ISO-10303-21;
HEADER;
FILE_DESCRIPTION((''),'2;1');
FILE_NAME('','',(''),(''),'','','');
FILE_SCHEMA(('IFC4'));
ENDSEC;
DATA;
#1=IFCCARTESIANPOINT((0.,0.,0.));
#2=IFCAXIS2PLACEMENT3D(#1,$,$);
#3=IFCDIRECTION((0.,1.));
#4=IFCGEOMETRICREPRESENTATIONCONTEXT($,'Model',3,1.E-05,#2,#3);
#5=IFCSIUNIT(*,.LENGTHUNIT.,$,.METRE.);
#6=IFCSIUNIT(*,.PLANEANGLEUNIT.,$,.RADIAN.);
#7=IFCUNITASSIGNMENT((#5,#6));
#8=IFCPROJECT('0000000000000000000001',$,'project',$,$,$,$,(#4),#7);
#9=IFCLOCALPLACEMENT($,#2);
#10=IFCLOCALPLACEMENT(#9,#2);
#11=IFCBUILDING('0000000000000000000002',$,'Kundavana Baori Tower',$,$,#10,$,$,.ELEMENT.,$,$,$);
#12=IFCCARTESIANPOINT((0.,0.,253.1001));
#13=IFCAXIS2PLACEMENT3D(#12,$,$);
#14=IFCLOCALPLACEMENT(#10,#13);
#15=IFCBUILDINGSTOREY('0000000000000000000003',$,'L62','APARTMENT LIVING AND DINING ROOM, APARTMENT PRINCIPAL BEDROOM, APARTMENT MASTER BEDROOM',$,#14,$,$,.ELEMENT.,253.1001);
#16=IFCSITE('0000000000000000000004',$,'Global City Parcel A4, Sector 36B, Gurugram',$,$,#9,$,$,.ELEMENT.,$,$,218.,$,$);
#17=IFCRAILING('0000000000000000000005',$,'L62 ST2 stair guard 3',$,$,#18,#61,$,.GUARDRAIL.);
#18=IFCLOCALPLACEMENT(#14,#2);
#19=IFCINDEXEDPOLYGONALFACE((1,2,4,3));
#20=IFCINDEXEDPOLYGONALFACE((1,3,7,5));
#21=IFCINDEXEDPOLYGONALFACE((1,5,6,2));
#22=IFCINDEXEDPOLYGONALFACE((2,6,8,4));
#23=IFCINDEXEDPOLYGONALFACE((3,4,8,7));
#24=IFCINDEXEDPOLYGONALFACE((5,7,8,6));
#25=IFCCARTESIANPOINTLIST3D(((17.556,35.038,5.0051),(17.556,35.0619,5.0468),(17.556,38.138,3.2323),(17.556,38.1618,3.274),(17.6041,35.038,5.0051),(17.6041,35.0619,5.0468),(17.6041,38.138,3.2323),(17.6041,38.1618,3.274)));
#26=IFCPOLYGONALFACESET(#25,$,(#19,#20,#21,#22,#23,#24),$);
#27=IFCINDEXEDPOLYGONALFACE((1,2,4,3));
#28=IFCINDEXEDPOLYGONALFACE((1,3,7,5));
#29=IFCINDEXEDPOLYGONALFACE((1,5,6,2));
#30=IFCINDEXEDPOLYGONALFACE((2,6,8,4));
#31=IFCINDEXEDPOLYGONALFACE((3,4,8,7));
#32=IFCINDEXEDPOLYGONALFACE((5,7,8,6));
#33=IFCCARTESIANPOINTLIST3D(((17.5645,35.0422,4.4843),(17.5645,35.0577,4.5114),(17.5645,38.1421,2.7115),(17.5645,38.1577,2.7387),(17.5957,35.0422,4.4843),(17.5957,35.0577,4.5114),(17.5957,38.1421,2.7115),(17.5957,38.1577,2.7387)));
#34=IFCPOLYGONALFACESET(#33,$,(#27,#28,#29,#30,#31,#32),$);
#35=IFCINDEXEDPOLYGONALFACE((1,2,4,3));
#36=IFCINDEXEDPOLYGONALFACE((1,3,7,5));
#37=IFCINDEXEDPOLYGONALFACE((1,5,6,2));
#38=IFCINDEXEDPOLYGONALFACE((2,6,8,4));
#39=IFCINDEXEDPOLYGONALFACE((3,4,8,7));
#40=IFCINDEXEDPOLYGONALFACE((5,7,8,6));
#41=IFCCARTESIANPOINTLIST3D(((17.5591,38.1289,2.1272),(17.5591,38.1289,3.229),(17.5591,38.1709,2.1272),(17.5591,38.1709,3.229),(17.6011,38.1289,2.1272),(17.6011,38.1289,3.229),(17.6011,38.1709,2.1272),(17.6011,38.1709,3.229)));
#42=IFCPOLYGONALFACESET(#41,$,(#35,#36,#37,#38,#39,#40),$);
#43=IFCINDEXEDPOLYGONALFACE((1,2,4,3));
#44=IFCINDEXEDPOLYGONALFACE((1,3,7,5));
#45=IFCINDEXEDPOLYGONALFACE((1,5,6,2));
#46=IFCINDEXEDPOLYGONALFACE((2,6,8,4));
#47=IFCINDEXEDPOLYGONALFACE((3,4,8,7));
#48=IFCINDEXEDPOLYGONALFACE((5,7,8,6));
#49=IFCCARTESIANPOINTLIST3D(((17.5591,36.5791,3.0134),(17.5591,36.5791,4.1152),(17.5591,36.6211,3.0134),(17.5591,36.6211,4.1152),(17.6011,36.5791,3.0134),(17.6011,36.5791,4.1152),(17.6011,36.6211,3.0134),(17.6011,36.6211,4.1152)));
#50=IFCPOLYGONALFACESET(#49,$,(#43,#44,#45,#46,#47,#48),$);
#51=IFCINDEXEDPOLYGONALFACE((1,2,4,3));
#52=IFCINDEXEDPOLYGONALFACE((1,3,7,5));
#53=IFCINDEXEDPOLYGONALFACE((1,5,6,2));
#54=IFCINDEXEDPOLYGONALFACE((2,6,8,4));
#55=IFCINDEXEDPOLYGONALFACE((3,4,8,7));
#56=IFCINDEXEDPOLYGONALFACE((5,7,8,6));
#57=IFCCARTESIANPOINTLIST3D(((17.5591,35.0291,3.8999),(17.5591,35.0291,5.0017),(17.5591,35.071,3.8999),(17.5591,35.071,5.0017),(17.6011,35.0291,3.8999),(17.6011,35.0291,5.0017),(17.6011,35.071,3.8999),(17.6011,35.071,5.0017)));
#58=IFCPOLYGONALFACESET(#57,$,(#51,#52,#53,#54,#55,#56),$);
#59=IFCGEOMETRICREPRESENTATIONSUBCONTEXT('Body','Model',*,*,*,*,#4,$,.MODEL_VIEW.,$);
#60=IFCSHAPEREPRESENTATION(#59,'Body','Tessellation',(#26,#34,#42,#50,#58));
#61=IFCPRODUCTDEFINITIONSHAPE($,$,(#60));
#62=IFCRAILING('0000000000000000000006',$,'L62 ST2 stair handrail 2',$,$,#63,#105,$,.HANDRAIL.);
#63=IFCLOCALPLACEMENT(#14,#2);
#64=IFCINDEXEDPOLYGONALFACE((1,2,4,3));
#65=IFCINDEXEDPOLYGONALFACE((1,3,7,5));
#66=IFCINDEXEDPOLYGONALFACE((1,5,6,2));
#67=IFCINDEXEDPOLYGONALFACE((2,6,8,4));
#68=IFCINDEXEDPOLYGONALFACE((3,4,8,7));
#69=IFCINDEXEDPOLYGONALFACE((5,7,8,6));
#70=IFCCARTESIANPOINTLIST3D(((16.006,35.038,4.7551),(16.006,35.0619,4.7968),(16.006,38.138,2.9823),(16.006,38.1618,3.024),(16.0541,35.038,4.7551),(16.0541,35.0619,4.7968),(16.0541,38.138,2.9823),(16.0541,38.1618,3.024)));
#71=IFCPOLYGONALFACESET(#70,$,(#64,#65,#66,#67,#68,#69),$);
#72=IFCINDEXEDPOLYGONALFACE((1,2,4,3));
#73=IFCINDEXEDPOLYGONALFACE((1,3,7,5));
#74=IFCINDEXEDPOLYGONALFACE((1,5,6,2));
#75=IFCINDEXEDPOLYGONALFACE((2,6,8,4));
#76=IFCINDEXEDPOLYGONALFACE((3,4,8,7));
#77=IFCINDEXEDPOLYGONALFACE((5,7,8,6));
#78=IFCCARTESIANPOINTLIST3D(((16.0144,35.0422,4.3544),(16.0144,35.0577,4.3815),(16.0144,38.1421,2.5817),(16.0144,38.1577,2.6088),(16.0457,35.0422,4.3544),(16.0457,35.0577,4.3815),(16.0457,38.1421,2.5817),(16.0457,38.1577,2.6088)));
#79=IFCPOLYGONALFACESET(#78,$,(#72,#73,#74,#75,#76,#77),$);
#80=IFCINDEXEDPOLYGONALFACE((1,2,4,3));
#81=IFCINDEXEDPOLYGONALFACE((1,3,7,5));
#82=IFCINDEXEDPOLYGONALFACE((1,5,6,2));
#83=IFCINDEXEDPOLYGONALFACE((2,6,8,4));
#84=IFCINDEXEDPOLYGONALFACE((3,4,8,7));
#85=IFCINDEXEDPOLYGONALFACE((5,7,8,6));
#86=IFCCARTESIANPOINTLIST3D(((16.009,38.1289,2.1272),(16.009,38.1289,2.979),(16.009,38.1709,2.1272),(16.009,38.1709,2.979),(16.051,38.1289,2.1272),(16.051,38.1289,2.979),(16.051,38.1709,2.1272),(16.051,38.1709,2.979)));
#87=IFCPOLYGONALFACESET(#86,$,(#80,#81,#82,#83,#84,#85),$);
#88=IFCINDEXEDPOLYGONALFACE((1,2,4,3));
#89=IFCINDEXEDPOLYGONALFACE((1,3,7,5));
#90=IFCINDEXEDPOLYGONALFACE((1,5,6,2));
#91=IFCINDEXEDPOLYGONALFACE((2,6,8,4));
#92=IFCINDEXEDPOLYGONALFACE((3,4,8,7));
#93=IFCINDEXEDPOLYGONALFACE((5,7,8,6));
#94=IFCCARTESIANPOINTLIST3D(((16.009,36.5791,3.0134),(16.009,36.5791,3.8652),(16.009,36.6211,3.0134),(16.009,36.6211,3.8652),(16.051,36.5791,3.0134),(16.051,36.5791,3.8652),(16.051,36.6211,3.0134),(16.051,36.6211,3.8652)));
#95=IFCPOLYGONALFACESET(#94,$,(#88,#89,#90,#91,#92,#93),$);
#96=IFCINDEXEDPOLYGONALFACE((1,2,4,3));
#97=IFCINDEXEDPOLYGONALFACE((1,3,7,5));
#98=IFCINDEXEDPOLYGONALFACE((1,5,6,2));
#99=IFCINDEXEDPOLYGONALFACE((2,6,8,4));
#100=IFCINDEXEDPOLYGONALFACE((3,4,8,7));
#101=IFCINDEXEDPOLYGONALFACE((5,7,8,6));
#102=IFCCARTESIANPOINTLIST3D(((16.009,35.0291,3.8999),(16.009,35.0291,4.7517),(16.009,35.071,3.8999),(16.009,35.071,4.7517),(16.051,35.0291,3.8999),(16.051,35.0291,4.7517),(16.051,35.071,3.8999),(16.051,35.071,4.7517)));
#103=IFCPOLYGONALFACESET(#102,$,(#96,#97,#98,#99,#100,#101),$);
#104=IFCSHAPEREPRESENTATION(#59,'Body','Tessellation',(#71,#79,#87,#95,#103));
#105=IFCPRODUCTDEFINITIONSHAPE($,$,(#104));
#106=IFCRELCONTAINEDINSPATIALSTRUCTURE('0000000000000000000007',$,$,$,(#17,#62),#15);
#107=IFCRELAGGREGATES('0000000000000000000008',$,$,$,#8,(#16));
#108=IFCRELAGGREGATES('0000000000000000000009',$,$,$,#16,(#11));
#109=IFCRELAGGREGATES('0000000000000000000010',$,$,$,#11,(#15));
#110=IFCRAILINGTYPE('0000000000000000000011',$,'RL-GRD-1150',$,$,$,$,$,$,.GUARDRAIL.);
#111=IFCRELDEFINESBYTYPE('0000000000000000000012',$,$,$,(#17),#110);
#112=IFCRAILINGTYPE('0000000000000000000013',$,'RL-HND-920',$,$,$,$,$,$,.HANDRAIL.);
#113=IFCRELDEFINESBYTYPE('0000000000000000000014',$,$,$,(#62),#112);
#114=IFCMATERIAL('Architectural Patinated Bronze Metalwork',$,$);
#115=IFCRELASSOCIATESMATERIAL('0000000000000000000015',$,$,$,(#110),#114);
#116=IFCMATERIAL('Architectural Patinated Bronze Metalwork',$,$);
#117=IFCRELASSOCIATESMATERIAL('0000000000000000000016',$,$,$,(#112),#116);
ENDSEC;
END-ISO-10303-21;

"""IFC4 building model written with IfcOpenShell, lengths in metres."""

from ifc_helpers import new_model, si_unit, direction, frame, origin, origin_2d, place, context, subcontext, project, spatial, rectangle, extrude, material, type_object, element, save


model = new_model("IFC4")

# Units and contexts
model_context = context("Model", 3, precision=1e-05, world=origin(), true_north=direction((0.0, 1.0)))
body_context = subcontext(model_context, "Body", "Model", "MODEL_VIEW")
ifc_project = project(units=[si_unit("LENGTHUNIT", "METRE"), si_unit("PLANEANGLEUNIT", "RADIAN")], contexts=[model_context])

# Site, building, storey
site_placement = place(None, origin())
site = spatial("IfcSite", under=ifc_project, at=site_placement, Name="Global City Parcel A4, Sector 36B, Gurugram", CompositionType="ELEMENT", RefElevation=218.0)
building_placement = place(site_placement, origin())
building = spatial("IfcBuilding", under=site, at=building_placement, Name="Kundavana Baori Tower", CompositionType="ELEMENT")
storey_placement = place(building_placement, frame((0.0, 0.0, 253.1001)))
storey = spatial("IfcBuildingStorey", under=building, at=storey_placement, Name="L62", Description="APARTMENT LIVING AND DINING ROOM, APARTMENT PRINCIPAL BEDROOM, APARTMENT MASTER BEDROOM", CompositionType="ELEMENT", Elevation=253.1001)

# Railings
ifc_material_1 = material(Name="Architectural Patinated Bronze Metalwork")
railing_type_1 = type_object("IfcRailingType", Name="RL-GRD-1150", PredefinedType="GUARDRAIL", material=ifc_material_1)
railing_1_placement = place(storey_placement, frame((17.5801, 38.1499, 2.1272)))
element("IfcRailing", 1, at=railing_1_placement, inside=storey, type_object=railing_type_1, Name="L62 ST2 stair guard 3", PredefinedType="GUARDRAIL", context=body_context, shape_type="SweptSolid", body=[
    extrude(rectangle(XDim=0.0481, YDim=0.0481, at=origin_2d()), frame((0.0, 0.0, 1.126), z_axis=(0.0, -0.868079, 0.496426), x_axis=(1.0, 0.0, 0.0)), (0.0, 0.0, 1.0), 3.571),
    extrude(rectangle(XDim=0.0312, YDim=0.0312, at=origin_2d()), frame((0.0, 0.0, 0.5979), z_axis=(0.0, -0.868079, 0.496426), x_axis=(1.0, 0.0, 0.0)), (0.0, 0.0, 1.0), 3.571),
    extrude(rectangle(XDim=0.042, YDim=0.042, at=origin_2d()), origin(), (0.0, 0.0, 1.0), 1.1018),
    extrude(rectangle(XDim=0.042, YDim=0.042, at=origin_2d()), frame((0.0, -1.5498, 0.8862)), (0.0, 0.0, 1.0), 1.1018),
    extrude(rectangle(XDim=0.042, YDim=0.042, at=origin_2d()), frame((0.0, -3.0999, 1.7727)), (0.0, 0.0, 1.0), 1.1018),
])
ifc_material_2 = material(Name="Architectural Patinated Bronze Metalwork")
railing_type_2 = type_object("IfcRailingType", Name="RL-HND-920", PredefinedType="HANDRAIL", material=ifc_material_2)
railing_2_placement = place(storey_placement, frame((16.03, 38.1499, 2.1272)))
element("IfcRailing", 2, at=railing_2_placement, inside=storey, type_object=railing_type_2, Name="L62 ST2 stair handrail 2", PredefinedType="HANDRAIL", context=body_context, shape_type="SweptSolid", body=[
    extrude(rectangle(XDim=0.0481, YDim=0.0481, at=origin_2d()), frame((0.0, 0.0, 0.876), z_axis=(0.0, -0.868079, 0.496426), x_axis=(1.0, 0.0, 0.0)), (0.0, 0.0, 1.0), 3.571),
    extrude(rectangle(XDim=0.0312, YDim=0.0312, at=origin_2d()), frame((0.0, 0.0, 0.468), z_axis=(0.0, -0.868079, 0.496426), x_axis=(1.0, 0.0, 0.0)), (0.0, 0.0, 1.0), 3.571),
    extrude(rectangle(XDim=0.042, YDim=0.042, at=origin_2d()), origin(), (0.0, 0.0, 1.0), 0.8518),
    extrude(rectangle(XDim=0.042, YDim=0.042, at=origin_2d()), frame((0.0, -1.5498, 0.8862)), (0.0, 0.0, 1.0), 0.8518),
    extrude(rectangle(XDim=0.042, YDim=0.042, at=origin_2d()), frame((0.0, -3.0999, 1.7727)), (0.0, 0.0, 1.0), 0.8518),
])

save(model, "model.ifc")
